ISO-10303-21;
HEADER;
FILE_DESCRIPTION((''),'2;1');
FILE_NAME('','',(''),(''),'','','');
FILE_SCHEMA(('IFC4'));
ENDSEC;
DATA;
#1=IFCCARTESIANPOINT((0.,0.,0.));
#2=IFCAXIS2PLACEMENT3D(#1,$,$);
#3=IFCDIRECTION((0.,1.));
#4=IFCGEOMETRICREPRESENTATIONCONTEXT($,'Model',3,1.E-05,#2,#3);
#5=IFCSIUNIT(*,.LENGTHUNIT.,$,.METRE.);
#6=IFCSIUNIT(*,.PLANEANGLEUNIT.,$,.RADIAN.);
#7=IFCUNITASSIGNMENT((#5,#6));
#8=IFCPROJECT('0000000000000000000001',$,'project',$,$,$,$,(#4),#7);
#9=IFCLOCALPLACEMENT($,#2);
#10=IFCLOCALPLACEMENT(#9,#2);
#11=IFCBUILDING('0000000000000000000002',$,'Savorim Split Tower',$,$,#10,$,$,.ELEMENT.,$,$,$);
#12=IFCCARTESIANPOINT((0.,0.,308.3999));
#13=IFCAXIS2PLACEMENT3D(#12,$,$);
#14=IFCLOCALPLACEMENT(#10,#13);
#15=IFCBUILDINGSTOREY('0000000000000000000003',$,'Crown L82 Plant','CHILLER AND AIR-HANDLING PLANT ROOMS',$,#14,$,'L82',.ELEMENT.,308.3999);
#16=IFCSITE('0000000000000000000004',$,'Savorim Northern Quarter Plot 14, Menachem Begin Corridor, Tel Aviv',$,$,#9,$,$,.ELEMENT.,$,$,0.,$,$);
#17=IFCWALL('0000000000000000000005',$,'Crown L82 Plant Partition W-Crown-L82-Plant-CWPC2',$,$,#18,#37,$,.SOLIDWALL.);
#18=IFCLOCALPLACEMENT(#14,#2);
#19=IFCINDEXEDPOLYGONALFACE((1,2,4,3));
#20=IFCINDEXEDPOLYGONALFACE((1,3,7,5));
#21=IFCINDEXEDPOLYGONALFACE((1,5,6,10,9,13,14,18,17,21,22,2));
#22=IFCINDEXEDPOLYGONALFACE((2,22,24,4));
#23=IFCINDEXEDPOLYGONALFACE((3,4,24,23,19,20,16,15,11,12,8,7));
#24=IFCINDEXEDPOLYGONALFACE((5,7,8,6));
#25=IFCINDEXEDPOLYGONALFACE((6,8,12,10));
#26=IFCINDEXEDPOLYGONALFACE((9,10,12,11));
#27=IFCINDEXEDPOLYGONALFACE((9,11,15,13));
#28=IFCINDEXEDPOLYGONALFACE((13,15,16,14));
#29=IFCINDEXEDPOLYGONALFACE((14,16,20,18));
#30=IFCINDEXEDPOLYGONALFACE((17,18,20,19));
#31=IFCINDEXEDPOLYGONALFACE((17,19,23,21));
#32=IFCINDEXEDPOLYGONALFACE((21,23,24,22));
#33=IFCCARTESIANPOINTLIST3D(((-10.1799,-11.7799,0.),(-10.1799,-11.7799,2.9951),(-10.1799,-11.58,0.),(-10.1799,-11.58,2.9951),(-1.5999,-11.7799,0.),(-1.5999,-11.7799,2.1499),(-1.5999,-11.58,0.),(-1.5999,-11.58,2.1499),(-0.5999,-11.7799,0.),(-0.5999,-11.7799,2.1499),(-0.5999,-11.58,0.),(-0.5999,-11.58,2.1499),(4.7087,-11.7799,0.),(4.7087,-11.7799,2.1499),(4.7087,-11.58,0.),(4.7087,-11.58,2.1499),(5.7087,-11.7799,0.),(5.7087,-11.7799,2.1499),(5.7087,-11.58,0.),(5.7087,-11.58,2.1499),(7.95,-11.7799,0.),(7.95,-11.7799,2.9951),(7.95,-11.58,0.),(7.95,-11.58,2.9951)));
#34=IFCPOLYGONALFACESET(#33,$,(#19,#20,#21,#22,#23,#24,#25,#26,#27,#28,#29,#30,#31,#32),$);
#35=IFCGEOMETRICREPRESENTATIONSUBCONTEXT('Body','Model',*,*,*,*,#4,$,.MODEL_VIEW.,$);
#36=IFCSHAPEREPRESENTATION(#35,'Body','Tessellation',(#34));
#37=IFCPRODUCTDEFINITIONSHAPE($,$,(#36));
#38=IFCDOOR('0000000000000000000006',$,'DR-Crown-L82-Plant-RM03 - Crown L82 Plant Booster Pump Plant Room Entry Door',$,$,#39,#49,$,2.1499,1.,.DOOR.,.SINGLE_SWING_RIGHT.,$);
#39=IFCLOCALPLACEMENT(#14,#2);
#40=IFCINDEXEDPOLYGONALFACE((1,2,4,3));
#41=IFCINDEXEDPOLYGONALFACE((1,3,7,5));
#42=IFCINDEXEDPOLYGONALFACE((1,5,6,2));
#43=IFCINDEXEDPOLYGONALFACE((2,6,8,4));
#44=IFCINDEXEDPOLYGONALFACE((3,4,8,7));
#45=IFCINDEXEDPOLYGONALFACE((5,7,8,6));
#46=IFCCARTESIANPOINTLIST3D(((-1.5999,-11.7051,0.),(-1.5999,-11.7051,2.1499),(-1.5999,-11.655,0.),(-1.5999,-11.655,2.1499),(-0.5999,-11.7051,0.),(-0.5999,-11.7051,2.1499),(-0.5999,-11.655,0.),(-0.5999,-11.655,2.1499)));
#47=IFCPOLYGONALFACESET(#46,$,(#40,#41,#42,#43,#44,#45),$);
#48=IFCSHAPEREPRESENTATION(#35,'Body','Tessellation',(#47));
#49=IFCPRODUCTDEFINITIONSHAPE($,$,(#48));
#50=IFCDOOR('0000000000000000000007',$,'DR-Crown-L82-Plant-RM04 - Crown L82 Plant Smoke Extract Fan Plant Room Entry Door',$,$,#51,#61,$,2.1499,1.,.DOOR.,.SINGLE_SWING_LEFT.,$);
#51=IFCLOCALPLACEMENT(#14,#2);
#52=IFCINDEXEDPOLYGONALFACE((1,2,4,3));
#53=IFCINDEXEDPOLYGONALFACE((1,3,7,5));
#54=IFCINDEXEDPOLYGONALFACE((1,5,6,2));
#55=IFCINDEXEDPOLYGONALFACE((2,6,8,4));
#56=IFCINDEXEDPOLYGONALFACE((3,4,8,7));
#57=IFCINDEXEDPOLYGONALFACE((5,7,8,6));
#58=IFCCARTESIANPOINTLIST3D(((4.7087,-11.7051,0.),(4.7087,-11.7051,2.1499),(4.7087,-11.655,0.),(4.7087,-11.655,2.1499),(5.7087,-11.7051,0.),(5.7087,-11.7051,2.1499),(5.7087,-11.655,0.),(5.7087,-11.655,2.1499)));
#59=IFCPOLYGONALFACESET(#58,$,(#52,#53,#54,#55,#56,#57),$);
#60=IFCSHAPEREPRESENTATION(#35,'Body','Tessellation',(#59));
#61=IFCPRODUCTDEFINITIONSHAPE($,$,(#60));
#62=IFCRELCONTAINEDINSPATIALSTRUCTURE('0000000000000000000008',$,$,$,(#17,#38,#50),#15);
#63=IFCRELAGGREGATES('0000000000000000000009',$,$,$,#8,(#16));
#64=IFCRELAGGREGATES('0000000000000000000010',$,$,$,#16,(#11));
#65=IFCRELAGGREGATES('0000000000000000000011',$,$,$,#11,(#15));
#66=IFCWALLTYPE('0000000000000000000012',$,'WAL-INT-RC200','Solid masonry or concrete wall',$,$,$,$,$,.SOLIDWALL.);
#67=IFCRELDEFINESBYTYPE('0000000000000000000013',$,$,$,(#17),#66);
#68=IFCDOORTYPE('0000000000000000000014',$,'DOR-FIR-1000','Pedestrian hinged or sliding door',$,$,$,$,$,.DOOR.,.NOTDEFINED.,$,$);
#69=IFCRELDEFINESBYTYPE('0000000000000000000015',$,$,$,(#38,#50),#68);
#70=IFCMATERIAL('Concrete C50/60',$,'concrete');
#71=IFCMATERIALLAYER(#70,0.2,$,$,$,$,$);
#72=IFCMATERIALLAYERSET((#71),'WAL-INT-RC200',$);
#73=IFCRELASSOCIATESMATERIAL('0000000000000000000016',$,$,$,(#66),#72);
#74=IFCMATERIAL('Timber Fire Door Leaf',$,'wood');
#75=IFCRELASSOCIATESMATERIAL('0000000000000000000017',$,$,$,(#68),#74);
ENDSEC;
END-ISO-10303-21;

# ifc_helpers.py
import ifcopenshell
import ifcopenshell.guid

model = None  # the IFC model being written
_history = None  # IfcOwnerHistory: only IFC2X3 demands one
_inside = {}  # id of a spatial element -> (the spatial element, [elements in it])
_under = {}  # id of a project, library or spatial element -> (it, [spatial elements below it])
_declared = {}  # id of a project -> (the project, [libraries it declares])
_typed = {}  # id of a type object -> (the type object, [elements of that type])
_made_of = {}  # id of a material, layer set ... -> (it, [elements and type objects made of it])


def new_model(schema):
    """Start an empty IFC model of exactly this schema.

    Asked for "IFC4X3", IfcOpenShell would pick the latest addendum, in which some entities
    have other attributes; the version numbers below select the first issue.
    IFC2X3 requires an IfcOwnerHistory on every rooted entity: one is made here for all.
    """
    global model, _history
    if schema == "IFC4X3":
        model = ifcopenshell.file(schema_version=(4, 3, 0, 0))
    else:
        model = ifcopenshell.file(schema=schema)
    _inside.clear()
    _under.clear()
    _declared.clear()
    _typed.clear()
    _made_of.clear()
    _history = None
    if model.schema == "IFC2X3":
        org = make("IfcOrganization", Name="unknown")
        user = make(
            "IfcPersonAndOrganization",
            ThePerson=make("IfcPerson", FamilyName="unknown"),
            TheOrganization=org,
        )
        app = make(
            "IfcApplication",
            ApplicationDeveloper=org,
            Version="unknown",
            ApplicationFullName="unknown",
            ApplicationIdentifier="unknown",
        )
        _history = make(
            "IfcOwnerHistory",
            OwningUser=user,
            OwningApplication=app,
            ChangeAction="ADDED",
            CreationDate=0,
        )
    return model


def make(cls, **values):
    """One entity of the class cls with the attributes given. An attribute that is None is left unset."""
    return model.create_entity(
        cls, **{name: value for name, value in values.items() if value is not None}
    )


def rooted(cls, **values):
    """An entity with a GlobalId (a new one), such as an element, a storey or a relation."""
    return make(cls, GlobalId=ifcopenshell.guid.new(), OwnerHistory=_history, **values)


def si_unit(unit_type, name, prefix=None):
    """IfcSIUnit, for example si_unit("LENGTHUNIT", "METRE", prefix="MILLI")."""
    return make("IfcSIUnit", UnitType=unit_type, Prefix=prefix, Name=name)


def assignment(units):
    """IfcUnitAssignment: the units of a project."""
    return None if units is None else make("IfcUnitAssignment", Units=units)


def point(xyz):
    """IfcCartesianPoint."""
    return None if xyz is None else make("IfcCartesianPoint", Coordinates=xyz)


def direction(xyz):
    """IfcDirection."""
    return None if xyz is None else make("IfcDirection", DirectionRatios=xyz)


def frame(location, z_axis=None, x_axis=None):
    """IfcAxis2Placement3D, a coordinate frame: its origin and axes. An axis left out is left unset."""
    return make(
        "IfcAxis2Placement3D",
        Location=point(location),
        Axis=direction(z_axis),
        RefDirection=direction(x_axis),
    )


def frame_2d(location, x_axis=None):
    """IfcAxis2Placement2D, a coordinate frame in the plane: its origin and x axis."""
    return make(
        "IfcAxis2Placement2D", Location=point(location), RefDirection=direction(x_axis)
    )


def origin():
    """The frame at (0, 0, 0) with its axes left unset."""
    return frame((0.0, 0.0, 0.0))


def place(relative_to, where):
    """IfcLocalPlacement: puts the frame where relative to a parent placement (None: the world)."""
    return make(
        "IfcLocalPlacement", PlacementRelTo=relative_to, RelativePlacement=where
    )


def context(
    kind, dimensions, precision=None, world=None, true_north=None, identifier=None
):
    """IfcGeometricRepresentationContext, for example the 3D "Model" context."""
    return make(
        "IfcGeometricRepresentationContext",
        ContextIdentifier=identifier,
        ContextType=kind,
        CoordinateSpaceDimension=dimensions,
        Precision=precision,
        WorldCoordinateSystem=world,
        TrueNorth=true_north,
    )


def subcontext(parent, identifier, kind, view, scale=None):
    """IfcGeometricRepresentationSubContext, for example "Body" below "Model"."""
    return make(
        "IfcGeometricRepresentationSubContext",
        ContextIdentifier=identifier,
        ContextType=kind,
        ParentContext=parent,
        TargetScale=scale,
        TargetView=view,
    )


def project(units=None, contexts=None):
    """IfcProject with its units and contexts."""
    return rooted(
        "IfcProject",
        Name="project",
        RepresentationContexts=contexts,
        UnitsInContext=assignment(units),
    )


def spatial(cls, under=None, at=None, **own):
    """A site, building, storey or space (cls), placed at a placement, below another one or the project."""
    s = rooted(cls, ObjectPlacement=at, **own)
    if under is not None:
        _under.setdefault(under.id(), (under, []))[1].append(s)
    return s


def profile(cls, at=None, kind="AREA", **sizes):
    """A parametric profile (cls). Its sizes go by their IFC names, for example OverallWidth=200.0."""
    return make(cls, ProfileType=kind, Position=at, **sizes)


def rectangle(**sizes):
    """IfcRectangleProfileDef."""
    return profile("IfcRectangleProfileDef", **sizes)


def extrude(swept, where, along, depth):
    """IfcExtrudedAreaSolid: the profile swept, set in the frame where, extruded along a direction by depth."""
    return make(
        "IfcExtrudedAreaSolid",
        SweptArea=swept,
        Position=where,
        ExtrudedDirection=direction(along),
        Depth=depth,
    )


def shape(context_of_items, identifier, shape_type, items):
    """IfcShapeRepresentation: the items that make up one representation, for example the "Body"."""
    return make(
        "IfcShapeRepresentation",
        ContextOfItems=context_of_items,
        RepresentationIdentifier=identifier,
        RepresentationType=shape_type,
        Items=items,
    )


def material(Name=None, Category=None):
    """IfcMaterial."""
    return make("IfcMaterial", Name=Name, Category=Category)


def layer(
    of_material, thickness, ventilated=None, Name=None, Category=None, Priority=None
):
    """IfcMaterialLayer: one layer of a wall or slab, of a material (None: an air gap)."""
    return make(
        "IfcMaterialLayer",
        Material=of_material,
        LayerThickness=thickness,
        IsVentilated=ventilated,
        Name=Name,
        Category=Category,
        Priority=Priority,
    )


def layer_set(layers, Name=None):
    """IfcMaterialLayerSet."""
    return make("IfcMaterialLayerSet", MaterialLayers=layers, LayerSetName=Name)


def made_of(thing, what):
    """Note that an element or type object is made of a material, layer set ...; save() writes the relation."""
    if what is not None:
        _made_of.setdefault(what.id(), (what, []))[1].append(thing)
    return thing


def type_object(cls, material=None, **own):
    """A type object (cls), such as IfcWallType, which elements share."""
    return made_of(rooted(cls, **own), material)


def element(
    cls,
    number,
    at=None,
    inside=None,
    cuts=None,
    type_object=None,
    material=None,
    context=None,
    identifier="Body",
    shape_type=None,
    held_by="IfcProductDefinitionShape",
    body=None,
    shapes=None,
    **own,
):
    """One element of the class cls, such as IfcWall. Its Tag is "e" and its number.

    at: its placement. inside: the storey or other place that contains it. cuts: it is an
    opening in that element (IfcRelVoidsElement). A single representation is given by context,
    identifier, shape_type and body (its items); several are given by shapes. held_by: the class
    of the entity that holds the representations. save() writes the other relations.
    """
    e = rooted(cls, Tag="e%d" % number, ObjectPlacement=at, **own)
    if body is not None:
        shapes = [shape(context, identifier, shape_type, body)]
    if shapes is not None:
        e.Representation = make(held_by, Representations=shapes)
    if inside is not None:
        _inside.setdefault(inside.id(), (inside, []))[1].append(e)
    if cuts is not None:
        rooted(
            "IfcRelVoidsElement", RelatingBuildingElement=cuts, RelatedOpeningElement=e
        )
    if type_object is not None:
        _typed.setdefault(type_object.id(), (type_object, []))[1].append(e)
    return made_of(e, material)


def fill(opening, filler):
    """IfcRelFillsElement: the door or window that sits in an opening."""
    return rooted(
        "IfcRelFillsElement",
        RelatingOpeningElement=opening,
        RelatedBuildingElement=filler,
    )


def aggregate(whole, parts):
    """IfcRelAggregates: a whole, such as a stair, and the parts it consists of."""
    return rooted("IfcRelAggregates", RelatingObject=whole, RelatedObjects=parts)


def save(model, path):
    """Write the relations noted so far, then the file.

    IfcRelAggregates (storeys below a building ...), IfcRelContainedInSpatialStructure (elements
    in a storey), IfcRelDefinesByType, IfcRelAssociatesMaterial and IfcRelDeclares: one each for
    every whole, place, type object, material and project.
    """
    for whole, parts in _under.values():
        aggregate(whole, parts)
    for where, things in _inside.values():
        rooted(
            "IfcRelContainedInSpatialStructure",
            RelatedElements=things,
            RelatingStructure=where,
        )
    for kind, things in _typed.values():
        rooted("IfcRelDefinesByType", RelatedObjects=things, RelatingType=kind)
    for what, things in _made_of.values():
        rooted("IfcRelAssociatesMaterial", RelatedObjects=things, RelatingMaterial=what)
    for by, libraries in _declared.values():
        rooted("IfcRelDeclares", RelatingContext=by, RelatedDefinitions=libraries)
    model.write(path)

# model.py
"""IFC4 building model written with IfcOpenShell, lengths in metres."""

from ifc_helpers import new_model, si_unit, direction, frame, frame_2d, origin, place, context, subcontext, project, spatial, rectangle, extrude, material, layer, layer_set, type_object, element, fill, save


model = new_model("IFC4")

# Units and contexts
model_context = context("Model", 3, precision=1e-05, world=origin(), true_north=direction((0.0, 1.0)))
body_context = subcontext(model_context, "Body", "Model", "MODEL_VIEW")
ifc_project = project(units=[si_unit("LENGTHUNIT", "METRE"), si_unit("PLANEANGLEUNIT", "RADIAN")], contexts=[model_context])

# Site, building, storey
site_placement = place(None, origin())
site = spatial("IfcSite", under=ifc_project, at=site_placement, Name="Savorim Northern Quarter Plot 14, Menachem Begin Corridor, Tel Aviv", CompositionType="ELEMENT", RefElevation=0.0)
building_placement = place(site_placement, origin())
building = spatial("IfcBuilding", under=site, at=building_placement, Name="Savorim Split Tower", CompositionType="ELEMENT")
storey_placement = place(building_placement, frame((0.0, 0.0, 308.3999)))
storey = spatial("IfcBuildingStorey", under=building, at=storey_placement, Name="Crown L82 Plant", Description="CHILLER AND AIR-HANDLING PLANT ROOMS", LongName="L82", CompositionType="ELEMENT", Elevation=308.3999)

# Shared definitions
ifc_material_1 = material(Name="Timber Fire Door Leaf", Category="wood")

# Shared definitions
ifc_material_2 = material(Name="Concrete C50/60", Category="concrete")
ifc_layer_1 = layer(ifc_material_2, 0.2)
ifc_layer_set_1 = layer_set([ifc_layer_1], Name="WAL-INT-RC200")
wall_type_1 = type_object("IfcWallType", Name="WAL-INT-RC200", Description="Solid masonry or concrete wall", PredefinedType="SOLIDWALL", material=ifc_layer_set_1)

# Wall, openings, doors
door_type_1 = type_object("IfcDoorType", Name="DOR-FIR-1000", Description="Pedestrian hinged or sliding door", OperationType="NOTDEFINED", PredefinedType="DOOR", material=ifc_material_1)
wall_1_placement = place(storey_placement, frame((-10.1799, -11.6799, 0.0), z_axis=(0.0, 0.0, 1.0), x_axis=(1.0, 0.0, 0.0)))
wall_1 = element("IfcWall", 1, at=wall_1_placement, inside=storey, type_object=wall_type_1, Name="Crown L82 Plant Partition W-Crown-L82-Plant-CWPC2", PredefinedType="SOLIDWALL", context=body_context, shape_type="SweptSolid", body=[
    extrude(rectangle(XDim=18.1299, YDim=0.2, at=frame_2d((9.0649, 0.0))), origin(), (0.0, 0.0, 1.0), 2.9951),
])
opening_1_placement = place(wall_1_placement, frame((8.5801, 0.0, 0.0)))
opening_1 = element("IfcOpeningElement", 2, at=opening_1_placement, cuts=wall_1, PredefinedType="OPENING", context=body_context, shape_type="SweptSolid", body=[
    extrude(rectangle(XDim=1.0, YDim=2.1499, at=frame_2d((0.5, 1.075))), frame((0.0, 0.1099, 0.0), z_axis=(0.0, -1.0, 0.0), x_axis=(1.0, 0.0, 0.0)), (0.0, 0.0, 1.0), 0.22),
])
opening_2_placement = place(wall_1_placement, frame((14.8887, 0.0, 0.0)))
opening_2 = element("IfcOpeningElement", 3, at=opening_2_placement, cuts=wall_1, PredefinedType="OPENING", context=body_context, shape_type="SweptSolid", body=[
    extrude(rectangle(XDim=1.0, YDim=2.1499, at=frame_2d((0.5, 1.075))), frame((0.0, 0.1099, 0.0), z_axis=(0.0, -1.0, 0.0), x_axis=(1.0, 0.0, 0.0)), (0.0, 0.0, 1.0), 0.22),
])
door_1_placement = place(opening_1_placement, origin())
door_1 = element("IfcDoor", 4, at=door_1_placement, inside=storey, type_object=door_type_1, Name="DR-Crown-L82-Plant-RM03 - Crown L82 Plant Booster Pump Plant Room Entry Door", OperationType="SINGLE_SWING_RIGHT", OverallHeight=2.1499, OverallWidth=1.0, PredefinedType="DOOR", context=body_context, shape_type="SweptSolid", body=[
    extrude(rectangle(XDim=1.0, YDim=2.1499, at=frame_2d((0.5, 1.075))), frame((0.0, 0.0249, 0.0), z_axis=(0.0, -1.0, 0.0), x_axis=(1.0, 0.0, 0.0)), (0.0, 0.0, 1.0), 0.05),
])
fill(opening_1, door_1)
door_2_placement = place(opening_2_placement, origin())
door_2 = element("IfcDoor", 5, at=door_2_placement, inside=storey, type_object=door_type_1, Name="DR-Crown-L82-Plant-RM04 - Crown L82 Plant Smoke Extract Fan Plant Room Entry Door", OperationType="SINGLE_SWING_LEFT", OverallHeight=2.1499, OverallWidth=1.0, PredefinedType="DOOR", context=body_context, shape_type="SweptSolid", body=[
    extrude(rectangle(XDim=1.0, YDim=2.1499, at=frame_2d((0.5, 1.075))), frame((0.0, 0.0249, 0.0), z_axis=(0.0, -1.0, 0.0), x_axis=(1.0, 0.0, 0.0)), (0.0, 0.0, 1.0), 0.05),
])
fill(opening_2, door_2)

save(model, "model.ifc")
